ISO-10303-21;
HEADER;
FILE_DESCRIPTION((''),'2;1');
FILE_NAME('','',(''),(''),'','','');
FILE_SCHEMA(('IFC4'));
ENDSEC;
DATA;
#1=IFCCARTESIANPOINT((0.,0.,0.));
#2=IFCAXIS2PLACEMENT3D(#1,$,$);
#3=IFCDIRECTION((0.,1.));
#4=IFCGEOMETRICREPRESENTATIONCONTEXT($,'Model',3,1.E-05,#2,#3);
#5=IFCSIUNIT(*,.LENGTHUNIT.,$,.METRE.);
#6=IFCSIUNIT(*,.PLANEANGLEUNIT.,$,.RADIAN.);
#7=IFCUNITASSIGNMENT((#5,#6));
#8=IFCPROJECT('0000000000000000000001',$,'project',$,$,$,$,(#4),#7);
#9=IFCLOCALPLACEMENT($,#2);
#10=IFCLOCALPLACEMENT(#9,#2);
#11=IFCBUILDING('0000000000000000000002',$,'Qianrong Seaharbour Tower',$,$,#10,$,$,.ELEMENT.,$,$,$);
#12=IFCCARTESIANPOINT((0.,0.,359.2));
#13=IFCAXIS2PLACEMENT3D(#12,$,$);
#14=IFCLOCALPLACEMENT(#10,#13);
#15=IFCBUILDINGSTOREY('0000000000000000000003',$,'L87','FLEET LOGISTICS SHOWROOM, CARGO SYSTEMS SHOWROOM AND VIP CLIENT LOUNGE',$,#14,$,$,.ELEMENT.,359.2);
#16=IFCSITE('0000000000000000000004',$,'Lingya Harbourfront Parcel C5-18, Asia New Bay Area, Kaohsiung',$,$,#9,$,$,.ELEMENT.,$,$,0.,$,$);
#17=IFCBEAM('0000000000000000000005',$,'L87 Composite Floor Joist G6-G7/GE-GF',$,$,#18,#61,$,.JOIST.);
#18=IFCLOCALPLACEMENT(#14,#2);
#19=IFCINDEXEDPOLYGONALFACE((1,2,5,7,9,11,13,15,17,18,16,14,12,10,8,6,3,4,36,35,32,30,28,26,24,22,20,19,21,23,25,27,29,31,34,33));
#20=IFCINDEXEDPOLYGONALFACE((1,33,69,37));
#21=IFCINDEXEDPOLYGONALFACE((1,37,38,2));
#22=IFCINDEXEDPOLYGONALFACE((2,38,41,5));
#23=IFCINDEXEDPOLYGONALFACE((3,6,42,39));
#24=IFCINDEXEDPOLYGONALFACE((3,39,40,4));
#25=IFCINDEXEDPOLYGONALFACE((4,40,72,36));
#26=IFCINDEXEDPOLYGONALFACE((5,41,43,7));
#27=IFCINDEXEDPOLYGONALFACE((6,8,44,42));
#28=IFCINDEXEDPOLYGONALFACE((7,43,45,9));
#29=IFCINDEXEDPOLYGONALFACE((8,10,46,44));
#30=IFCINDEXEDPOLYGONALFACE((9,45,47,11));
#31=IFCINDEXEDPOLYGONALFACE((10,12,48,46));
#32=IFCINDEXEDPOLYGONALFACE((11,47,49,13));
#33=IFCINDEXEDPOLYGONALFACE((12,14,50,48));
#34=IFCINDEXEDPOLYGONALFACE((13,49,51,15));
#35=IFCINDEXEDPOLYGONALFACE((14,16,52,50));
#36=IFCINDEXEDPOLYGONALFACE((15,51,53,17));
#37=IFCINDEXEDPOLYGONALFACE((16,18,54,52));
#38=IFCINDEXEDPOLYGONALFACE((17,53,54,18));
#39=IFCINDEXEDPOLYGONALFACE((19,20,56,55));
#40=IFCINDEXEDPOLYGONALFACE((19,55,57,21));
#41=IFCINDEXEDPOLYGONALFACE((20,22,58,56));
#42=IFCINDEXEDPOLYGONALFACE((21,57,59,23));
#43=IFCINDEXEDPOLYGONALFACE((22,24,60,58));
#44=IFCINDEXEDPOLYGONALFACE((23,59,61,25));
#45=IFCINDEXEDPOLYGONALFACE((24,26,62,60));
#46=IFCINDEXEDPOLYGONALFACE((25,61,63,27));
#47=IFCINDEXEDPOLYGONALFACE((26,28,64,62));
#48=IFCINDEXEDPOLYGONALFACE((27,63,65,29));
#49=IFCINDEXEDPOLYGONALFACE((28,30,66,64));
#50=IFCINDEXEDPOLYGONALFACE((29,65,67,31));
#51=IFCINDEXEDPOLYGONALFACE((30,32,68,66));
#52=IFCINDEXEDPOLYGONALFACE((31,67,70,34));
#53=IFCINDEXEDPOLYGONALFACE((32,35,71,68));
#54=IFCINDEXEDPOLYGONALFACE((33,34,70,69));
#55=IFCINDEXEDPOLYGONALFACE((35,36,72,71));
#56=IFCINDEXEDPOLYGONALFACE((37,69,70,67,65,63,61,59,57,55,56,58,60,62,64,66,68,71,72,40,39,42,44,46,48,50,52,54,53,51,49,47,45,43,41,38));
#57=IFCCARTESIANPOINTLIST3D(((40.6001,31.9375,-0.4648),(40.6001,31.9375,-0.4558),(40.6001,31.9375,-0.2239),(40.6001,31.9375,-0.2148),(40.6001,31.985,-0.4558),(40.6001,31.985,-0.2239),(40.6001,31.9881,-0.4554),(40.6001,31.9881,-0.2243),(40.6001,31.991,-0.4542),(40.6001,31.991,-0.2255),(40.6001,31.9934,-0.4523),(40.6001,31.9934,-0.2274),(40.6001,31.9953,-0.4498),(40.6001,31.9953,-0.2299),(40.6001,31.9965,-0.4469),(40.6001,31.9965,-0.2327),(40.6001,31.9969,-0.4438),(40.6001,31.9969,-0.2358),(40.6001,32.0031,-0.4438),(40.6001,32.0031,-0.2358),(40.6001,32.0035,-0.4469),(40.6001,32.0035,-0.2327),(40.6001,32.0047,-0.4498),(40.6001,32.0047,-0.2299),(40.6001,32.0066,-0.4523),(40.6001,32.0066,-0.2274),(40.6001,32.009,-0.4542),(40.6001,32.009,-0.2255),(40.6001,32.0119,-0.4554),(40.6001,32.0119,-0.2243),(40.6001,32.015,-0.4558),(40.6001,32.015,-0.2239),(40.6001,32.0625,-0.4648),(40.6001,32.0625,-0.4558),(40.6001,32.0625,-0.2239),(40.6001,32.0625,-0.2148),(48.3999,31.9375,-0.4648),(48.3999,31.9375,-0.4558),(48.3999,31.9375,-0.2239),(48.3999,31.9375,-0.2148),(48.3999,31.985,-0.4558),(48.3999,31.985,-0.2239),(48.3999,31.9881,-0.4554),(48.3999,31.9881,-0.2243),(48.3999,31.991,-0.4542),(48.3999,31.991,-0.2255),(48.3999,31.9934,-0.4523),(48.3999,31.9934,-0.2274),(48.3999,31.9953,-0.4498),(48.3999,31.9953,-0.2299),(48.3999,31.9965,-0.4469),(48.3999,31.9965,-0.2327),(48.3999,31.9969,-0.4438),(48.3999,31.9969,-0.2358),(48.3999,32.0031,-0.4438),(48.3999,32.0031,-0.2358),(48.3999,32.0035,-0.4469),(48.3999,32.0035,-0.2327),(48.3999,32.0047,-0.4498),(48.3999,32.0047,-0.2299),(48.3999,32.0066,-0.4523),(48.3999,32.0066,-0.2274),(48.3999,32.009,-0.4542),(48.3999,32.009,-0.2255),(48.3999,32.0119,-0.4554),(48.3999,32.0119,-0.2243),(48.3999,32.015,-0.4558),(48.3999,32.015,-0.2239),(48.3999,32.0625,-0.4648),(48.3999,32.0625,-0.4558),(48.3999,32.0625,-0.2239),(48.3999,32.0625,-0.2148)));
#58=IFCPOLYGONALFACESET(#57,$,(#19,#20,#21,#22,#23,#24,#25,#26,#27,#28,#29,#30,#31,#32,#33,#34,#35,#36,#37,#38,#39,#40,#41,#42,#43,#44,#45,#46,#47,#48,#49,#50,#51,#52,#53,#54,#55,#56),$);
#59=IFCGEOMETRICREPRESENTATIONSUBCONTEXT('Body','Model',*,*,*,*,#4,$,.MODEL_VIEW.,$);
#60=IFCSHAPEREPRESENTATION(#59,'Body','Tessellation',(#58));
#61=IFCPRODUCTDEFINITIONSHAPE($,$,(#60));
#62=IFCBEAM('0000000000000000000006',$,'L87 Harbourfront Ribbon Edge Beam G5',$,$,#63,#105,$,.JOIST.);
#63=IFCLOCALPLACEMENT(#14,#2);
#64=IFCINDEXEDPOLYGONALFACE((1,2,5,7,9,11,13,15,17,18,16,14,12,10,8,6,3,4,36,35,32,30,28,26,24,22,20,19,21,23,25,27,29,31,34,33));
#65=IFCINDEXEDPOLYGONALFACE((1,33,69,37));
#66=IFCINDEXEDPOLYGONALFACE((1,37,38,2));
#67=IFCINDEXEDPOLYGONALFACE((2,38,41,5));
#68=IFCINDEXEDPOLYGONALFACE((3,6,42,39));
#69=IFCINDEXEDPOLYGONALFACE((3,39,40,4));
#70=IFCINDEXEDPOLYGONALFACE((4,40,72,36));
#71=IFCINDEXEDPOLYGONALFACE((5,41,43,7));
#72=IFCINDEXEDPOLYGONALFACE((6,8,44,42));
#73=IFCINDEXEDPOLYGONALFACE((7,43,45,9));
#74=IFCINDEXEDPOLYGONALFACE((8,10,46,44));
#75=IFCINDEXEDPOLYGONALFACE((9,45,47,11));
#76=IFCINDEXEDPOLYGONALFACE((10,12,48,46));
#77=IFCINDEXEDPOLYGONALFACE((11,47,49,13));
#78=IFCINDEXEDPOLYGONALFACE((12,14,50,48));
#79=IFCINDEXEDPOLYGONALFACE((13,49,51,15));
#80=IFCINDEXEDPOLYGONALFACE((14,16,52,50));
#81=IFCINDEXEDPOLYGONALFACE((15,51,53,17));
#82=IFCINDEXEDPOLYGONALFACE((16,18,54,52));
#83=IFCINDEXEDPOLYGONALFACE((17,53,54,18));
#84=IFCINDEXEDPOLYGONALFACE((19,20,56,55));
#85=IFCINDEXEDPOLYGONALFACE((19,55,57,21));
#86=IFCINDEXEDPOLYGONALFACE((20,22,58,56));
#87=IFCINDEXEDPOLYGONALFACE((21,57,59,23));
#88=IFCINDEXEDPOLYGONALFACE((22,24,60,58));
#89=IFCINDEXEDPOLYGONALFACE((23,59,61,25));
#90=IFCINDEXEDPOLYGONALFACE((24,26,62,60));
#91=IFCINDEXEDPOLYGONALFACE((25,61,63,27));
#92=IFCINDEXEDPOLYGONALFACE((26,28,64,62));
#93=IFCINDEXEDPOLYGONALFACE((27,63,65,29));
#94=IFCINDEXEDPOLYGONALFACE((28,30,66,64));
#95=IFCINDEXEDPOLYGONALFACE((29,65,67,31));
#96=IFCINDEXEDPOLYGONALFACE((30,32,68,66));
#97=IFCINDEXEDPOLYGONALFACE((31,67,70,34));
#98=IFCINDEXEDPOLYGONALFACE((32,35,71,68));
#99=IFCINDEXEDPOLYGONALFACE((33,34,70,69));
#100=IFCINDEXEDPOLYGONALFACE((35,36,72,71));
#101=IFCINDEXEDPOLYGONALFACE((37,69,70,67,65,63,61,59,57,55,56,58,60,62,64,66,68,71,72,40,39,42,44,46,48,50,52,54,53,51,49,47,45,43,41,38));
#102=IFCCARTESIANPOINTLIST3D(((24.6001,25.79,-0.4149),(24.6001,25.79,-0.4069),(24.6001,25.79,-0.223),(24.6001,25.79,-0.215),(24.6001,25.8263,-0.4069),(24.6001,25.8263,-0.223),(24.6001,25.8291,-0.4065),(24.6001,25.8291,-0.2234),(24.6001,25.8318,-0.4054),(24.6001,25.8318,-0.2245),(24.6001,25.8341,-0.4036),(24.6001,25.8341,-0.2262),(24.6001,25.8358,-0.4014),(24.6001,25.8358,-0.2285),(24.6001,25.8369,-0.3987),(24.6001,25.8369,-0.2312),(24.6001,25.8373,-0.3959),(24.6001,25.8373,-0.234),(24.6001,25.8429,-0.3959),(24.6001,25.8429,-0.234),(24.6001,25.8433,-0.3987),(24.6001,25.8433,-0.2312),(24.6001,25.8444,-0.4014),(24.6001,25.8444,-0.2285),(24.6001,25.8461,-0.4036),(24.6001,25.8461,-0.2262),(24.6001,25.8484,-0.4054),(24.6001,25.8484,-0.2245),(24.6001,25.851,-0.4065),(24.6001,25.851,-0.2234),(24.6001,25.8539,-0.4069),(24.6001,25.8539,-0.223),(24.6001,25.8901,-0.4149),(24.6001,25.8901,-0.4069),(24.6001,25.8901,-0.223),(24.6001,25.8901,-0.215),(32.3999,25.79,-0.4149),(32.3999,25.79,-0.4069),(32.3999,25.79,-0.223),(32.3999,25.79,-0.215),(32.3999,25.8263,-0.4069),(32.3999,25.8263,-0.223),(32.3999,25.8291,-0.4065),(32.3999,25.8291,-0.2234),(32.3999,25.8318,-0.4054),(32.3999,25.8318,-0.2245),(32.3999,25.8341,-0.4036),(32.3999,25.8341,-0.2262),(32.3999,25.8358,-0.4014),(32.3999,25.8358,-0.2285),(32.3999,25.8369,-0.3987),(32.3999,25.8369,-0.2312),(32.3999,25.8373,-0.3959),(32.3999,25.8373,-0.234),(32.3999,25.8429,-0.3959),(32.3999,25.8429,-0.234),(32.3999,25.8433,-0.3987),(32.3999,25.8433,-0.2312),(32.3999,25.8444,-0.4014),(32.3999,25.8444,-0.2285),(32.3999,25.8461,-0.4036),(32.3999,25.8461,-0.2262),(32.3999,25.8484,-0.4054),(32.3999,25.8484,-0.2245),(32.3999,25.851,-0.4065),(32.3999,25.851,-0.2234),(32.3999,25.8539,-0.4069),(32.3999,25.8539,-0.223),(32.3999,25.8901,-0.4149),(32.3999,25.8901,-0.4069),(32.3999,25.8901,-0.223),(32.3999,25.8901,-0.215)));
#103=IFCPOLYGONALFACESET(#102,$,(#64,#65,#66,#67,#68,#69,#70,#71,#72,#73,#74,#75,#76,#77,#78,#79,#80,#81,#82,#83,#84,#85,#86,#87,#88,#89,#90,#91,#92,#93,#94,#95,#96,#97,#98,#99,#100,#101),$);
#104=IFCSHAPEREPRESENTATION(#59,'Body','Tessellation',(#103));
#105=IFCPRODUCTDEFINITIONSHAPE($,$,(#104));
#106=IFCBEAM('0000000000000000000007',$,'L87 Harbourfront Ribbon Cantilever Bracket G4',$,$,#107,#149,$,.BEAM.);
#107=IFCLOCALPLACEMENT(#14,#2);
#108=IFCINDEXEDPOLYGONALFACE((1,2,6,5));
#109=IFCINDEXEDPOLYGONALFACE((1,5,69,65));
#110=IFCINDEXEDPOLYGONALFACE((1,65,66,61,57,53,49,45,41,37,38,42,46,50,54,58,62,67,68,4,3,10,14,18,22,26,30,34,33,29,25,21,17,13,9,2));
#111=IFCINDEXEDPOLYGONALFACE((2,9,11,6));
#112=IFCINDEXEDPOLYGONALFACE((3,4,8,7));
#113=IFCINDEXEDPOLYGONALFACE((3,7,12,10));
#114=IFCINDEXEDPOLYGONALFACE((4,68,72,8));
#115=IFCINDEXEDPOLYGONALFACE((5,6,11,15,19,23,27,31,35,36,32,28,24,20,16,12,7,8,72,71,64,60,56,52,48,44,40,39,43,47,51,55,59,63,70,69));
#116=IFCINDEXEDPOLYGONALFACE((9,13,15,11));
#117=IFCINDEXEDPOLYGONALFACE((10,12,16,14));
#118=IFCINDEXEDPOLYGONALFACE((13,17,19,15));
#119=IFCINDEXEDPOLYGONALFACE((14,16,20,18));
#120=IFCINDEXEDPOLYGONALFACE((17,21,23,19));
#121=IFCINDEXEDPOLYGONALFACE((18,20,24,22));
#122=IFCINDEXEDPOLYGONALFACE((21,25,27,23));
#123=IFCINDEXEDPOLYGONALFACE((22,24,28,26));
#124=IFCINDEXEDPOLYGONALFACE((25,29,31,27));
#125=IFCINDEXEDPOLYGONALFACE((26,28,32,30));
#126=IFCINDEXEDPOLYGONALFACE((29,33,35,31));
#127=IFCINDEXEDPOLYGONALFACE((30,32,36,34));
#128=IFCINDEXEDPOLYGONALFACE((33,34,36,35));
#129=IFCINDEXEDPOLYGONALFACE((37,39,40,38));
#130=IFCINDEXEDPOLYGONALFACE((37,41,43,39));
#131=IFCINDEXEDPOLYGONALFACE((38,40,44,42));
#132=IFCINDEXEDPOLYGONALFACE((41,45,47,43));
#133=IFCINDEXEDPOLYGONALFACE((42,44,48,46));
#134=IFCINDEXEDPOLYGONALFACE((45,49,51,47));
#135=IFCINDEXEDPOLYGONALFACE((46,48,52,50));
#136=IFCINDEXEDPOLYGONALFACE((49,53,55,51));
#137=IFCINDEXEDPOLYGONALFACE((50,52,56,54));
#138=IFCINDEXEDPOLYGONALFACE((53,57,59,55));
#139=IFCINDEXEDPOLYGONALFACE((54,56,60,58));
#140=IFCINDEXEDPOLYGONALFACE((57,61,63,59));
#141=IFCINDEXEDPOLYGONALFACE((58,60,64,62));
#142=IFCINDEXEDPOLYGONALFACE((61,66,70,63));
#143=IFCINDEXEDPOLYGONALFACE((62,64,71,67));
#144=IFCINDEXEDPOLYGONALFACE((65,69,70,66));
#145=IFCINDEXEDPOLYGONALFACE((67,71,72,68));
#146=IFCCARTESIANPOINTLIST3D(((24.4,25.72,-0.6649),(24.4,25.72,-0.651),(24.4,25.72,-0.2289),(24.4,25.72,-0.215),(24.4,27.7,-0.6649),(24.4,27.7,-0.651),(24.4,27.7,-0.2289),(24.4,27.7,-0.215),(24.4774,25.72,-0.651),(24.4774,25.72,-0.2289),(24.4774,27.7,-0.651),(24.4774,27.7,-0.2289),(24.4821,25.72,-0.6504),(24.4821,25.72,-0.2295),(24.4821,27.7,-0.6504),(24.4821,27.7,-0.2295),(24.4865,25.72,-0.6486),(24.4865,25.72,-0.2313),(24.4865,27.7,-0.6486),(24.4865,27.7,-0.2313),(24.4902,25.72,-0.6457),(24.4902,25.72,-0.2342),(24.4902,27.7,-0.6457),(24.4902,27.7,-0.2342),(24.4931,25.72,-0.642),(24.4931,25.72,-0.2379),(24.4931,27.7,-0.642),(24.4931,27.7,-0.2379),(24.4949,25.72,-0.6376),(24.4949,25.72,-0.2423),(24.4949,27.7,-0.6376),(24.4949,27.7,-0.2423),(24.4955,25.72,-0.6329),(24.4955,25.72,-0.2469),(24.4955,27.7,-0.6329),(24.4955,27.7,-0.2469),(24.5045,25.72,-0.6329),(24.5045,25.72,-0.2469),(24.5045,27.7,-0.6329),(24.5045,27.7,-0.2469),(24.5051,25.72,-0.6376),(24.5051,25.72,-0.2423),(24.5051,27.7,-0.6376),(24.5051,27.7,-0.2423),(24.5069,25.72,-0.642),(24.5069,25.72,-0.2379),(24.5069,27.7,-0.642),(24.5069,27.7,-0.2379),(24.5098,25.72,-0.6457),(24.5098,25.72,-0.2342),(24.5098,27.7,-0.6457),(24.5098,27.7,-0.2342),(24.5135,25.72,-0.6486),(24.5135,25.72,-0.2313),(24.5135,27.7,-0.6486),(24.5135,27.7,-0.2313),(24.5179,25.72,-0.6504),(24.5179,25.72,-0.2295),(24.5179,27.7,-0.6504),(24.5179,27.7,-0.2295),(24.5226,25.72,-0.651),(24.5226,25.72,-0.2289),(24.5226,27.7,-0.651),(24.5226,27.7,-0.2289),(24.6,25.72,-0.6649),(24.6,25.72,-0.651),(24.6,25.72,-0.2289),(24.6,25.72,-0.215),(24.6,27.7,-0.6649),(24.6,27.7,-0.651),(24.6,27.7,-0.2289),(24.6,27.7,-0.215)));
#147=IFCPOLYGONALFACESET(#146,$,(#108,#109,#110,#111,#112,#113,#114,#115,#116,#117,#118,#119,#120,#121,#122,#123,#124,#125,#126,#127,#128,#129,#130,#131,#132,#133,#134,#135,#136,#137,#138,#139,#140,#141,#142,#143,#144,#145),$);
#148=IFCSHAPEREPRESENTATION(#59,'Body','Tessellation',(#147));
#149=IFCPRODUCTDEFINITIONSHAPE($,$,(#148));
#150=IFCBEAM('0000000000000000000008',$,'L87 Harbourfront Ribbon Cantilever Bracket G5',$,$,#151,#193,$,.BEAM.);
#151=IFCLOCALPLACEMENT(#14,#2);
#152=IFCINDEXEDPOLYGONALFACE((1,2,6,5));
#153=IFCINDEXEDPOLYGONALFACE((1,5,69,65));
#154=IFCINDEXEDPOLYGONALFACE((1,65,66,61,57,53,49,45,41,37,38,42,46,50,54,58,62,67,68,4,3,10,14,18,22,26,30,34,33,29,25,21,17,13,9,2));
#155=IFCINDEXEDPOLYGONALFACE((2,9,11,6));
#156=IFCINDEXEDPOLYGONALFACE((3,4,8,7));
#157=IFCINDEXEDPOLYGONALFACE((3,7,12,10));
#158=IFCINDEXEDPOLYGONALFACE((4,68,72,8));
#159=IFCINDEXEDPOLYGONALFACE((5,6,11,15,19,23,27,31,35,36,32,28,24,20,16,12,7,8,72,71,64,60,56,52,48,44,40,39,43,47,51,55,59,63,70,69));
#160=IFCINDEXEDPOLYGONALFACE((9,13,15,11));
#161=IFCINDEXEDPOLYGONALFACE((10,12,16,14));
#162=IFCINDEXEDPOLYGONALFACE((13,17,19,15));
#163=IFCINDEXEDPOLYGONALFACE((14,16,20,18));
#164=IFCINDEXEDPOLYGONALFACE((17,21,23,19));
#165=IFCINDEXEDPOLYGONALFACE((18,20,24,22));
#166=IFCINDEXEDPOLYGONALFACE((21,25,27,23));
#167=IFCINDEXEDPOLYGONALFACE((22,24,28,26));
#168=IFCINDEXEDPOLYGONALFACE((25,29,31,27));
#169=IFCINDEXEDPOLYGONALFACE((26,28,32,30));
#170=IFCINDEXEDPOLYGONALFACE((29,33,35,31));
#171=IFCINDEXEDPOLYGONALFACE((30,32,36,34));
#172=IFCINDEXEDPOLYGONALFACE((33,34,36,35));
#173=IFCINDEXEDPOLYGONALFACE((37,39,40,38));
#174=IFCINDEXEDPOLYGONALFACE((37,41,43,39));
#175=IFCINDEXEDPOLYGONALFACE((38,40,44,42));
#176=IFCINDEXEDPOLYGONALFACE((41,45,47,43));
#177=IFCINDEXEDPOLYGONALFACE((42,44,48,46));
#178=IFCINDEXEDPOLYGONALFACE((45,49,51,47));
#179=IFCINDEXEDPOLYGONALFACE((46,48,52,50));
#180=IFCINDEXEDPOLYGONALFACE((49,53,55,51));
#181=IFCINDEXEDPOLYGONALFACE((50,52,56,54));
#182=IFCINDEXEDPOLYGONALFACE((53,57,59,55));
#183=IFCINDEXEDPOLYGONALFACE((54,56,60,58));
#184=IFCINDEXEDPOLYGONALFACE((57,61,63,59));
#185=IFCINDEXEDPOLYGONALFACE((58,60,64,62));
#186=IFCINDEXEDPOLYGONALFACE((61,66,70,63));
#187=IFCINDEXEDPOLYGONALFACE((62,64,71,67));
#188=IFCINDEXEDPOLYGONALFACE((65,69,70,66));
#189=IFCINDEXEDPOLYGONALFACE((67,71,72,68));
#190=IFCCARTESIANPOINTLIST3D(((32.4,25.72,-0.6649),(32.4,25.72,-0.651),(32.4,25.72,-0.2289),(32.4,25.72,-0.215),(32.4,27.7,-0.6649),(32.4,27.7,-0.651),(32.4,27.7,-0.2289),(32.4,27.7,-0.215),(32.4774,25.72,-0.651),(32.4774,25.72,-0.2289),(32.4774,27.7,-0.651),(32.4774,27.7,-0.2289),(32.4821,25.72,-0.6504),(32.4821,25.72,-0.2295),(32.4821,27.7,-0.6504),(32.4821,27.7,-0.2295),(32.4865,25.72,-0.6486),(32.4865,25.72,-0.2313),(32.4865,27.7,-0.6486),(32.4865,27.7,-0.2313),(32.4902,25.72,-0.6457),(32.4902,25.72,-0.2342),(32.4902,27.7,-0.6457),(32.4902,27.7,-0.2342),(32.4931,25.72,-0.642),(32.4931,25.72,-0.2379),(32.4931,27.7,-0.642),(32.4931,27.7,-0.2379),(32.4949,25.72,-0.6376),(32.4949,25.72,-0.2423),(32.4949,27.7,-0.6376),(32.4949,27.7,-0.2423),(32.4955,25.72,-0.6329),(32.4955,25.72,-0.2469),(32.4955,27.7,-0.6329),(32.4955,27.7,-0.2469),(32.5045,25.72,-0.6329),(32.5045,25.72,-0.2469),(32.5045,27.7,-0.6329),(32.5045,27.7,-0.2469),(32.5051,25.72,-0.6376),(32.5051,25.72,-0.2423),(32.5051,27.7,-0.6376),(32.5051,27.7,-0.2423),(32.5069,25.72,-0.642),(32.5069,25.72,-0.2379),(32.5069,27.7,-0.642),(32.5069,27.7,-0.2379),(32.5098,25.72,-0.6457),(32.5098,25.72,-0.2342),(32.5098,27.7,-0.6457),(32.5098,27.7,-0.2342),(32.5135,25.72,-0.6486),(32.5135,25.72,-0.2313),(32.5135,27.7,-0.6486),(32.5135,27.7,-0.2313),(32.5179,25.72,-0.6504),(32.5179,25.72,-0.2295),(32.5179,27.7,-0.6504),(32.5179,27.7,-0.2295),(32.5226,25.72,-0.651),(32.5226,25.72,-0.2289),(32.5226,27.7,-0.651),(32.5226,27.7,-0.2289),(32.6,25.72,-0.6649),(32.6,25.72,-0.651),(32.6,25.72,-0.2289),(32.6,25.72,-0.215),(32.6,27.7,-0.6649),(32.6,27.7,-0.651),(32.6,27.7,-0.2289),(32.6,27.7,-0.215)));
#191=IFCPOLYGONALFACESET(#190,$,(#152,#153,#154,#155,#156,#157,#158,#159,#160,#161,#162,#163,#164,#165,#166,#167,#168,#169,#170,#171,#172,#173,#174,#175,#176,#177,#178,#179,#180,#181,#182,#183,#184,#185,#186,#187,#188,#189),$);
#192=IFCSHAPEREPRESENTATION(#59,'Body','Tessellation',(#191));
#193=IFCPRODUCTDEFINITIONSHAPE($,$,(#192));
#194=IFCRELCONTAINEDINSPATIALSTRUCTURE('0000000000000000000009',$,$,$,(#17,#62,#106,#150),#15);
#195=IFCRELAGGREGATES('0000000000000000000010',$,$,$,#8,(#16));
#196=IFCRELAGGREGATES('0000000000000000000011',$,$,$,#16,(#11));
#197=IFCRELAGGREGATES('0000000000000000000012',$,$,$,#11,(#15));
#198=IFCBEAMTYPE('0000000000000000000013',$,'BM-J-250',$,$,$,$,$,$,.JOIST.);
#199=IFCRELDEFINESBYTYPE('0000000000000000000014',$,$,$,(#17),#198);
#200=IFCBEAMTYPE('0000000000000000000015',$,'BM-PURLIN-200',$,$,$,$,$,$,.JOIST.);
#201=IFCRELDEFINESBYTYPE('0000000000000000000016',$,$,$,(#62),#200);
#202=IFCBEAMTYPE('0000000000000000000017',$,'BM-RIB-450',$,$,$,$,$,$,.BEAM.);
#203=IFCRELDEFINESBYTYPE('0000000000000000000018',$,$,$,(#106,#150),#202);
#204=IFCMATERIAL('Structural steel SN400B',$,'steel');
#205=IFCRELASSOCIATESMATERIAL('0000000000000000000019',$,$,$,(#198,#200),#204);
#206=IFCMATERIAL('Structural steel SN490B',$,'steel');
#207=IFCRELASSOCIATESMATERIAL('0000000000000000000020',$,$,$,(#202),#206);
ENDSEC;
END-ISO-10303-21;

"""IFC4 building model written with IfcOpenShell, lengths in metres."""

from ifc_helpers import new_model, si_unit, direction, frame, origin, origin_2d, place, context, subcontext, project, spatial, i_section, extrude, material, material_profile, profile_set, type_object, element, save


model = new_model("IFC4")

# Units and contexts
model_context = context("Model", 3, precision=1e-05, world=origin(), true_north=direction((0.0, 1.0)))
body_context = subcontext(model_context, "Body", "Model", "MODEL_VIEW")
ifc_project = project(units=[si_unit("LENGTHUNIT", "METRE"), si_unit("PLANEANGLEUNIT", "RADIAN")], contexts=[model_context])

# Site, building, storey
site_placement = place(None, origin())
site = spatial("IfcSite", under=ifc_project, at=site_placement, Name="Lingya Harbourfront Parcel C5-18, Asia New Bay Area, Kaohsiung", CompositionType="ELEMENT", RefElevation=0.0)
building_placement = place(site_placement, origin())
building = spatial("IfcBuilding", under=site, at=building_placement, Name="Qianrong Seaharbour Tower", CompositionType="ELEMENT")
storey_placement = place(building_placement, frame((0.0, 0.0, 359.2)))
storey = spatial("IfcBuildingStorey", under=building, at=storey_placement, Name="L87", Description="FLEET LOGISTICS SHOWROOM, CARGO SYSTEMS SHOWROOM AND VIP CLIENT LOUNGE", CompositionType="ELEMENT", Elevation=359.2)

# Shared definitions
ifc_material_1 = material(Name="Structural steel SN490B", Category="steel")
ifc_material_2 = material(Name="Structural steel SN400B", Category="steel")

# Beams
ifc_material_profile_1 = material_profile(ifc_material_2, i_section(OverallWidth=0.125, OverallDepth=0.25, WebThickness=0.0061, FlangeThickness=0.009, FilletRadius=0.012, at=origin_2d()), Name="H250x125x6x9")
ifc_profile_set_1 = profile_set([ifc_material_profile_1], Name="Structural steel SN400B")
beam_type_1 = type_object("IfcBeamType", Name="BM-J-250", PredefinedType="JOIST", material=ifc_profile_set_1)
for number, where, z_axis, x_axis, name in (
    (1, (40.6001, 32.0, -0.3398), (1.0, 0.0, 0.0), (0.0, 1.0, 0.0), "L87 Composite Floor Joist G6-G7/GE-GF"),
):
    element("IfcBeam", number, at=place(storey_placement, frame(where, z_axis=z_axis, x_axis=x_axis)), inside=storey, type_object=beam_type_1, Name=name, PredefinedType="JOIST", context=body_context, shape_type="SweptSolid", body=[
        extrude(i_section(OverallWidth=0.125, OverallDepth=0.25, WebThickness=0.0061, FlangeThickness=0.009, FilletRadius=0.012, at=origin_2d()), origin(), (0.0, 0.0, 1.0), 7.7998),
    ])
ifc_material_profile_2 = material_profile(ifc_material_2, i_section(OverallWidth=0.1001, OverallDepth=0.2, WebThickness=0.0056, FlangeThickness=0.0081, FilletRadius=0.011, at=origin_2d()), Name="H200x100x5.5x8")
ifc_profile_set_2 = profile_set([ifc_material_profile_2], Name="Structural steel SN400B")
beam_type_2 = type_object("IfcBeamType", Name="BM-PURLIN-200", PredefinedType="JOIST", material=ifc_profile_set_2)
beam_1_placement = place(storey_placement, frame((24.6001, 25.8401, -0.3149), z_axis=(1.0, 0.0, 0.0), x_axis=(0.0, 1.0, 0.0)))
element("IfcBeam", 2, at=beam_1_placement, inside=storey, type_object=beam_type_2, Name="L87 Harbourfront Ribbon Edge Beam G5", PredefinedType="JOIST", context=body_context, shape_type="SweptSolid", body=[
    extrude(i_section(OverallWidth=0.1001, OverallDepth=0.2, WebThickness=0.0056, FlangeThickness=0.0081, FilletRadius=0.011, at=origin_2d()), origin(), (0.0, 0.0, 1.0), 7.7998),
])
ifc_material_profile_3 = material_profile(ifc_material_1, i_section(OverallWidth=0.2, OverallDepth=0.45, WebThickness=0.009, FlangeThickness=0.0139, FilletRadius=0.0181, at=origin_2d()), Name="H450x200x9x14")
ifc_profile_set_3 = profile_set([ifc_material_profile_3], Name="Structural steel SN490B")
beam_type_3 = type_object("IfcBeamType", Name="BM-RIB-450", PredefinedType="BEAM", material=ifc_profile_set_3)
for number, where, z_axis, x_axis, name in (
    (3, (24.5, 27.7, -0.4399), (0.0, -1.0, 0.0), (1.0, 0.0, 0.0), "L87 Harbourfront Ribbon Cantilever Bracket G4"),
    (4, (32.5, 27.7, -0.4399), (0.0, -1.0, 0.0), (1.0, 0.0, 0.0), "L87 Harbourfront Ribbon Cantilever Bracket G5"),
):
    element("IfcBeam", number, at=place(storey_placement, frame(where, z_axis=z_axis, x_axis=x_axis)), inside=storey, type_object=beam_type_3, Name=name, PredefinedType="BEAM", context=body_context, shape_type="SweptSolid", body=[
        extrude(i_section(OverallWidth=0.2, OverallDepth=0.45, WebThickness=0.009, FlangeThickness=0.0139, FilletRadius=0.0181, at=origin_2d()), origin(), (0.0, 0.0, 1.0), 1.98),
    ])

save(model, "model.ifc")
